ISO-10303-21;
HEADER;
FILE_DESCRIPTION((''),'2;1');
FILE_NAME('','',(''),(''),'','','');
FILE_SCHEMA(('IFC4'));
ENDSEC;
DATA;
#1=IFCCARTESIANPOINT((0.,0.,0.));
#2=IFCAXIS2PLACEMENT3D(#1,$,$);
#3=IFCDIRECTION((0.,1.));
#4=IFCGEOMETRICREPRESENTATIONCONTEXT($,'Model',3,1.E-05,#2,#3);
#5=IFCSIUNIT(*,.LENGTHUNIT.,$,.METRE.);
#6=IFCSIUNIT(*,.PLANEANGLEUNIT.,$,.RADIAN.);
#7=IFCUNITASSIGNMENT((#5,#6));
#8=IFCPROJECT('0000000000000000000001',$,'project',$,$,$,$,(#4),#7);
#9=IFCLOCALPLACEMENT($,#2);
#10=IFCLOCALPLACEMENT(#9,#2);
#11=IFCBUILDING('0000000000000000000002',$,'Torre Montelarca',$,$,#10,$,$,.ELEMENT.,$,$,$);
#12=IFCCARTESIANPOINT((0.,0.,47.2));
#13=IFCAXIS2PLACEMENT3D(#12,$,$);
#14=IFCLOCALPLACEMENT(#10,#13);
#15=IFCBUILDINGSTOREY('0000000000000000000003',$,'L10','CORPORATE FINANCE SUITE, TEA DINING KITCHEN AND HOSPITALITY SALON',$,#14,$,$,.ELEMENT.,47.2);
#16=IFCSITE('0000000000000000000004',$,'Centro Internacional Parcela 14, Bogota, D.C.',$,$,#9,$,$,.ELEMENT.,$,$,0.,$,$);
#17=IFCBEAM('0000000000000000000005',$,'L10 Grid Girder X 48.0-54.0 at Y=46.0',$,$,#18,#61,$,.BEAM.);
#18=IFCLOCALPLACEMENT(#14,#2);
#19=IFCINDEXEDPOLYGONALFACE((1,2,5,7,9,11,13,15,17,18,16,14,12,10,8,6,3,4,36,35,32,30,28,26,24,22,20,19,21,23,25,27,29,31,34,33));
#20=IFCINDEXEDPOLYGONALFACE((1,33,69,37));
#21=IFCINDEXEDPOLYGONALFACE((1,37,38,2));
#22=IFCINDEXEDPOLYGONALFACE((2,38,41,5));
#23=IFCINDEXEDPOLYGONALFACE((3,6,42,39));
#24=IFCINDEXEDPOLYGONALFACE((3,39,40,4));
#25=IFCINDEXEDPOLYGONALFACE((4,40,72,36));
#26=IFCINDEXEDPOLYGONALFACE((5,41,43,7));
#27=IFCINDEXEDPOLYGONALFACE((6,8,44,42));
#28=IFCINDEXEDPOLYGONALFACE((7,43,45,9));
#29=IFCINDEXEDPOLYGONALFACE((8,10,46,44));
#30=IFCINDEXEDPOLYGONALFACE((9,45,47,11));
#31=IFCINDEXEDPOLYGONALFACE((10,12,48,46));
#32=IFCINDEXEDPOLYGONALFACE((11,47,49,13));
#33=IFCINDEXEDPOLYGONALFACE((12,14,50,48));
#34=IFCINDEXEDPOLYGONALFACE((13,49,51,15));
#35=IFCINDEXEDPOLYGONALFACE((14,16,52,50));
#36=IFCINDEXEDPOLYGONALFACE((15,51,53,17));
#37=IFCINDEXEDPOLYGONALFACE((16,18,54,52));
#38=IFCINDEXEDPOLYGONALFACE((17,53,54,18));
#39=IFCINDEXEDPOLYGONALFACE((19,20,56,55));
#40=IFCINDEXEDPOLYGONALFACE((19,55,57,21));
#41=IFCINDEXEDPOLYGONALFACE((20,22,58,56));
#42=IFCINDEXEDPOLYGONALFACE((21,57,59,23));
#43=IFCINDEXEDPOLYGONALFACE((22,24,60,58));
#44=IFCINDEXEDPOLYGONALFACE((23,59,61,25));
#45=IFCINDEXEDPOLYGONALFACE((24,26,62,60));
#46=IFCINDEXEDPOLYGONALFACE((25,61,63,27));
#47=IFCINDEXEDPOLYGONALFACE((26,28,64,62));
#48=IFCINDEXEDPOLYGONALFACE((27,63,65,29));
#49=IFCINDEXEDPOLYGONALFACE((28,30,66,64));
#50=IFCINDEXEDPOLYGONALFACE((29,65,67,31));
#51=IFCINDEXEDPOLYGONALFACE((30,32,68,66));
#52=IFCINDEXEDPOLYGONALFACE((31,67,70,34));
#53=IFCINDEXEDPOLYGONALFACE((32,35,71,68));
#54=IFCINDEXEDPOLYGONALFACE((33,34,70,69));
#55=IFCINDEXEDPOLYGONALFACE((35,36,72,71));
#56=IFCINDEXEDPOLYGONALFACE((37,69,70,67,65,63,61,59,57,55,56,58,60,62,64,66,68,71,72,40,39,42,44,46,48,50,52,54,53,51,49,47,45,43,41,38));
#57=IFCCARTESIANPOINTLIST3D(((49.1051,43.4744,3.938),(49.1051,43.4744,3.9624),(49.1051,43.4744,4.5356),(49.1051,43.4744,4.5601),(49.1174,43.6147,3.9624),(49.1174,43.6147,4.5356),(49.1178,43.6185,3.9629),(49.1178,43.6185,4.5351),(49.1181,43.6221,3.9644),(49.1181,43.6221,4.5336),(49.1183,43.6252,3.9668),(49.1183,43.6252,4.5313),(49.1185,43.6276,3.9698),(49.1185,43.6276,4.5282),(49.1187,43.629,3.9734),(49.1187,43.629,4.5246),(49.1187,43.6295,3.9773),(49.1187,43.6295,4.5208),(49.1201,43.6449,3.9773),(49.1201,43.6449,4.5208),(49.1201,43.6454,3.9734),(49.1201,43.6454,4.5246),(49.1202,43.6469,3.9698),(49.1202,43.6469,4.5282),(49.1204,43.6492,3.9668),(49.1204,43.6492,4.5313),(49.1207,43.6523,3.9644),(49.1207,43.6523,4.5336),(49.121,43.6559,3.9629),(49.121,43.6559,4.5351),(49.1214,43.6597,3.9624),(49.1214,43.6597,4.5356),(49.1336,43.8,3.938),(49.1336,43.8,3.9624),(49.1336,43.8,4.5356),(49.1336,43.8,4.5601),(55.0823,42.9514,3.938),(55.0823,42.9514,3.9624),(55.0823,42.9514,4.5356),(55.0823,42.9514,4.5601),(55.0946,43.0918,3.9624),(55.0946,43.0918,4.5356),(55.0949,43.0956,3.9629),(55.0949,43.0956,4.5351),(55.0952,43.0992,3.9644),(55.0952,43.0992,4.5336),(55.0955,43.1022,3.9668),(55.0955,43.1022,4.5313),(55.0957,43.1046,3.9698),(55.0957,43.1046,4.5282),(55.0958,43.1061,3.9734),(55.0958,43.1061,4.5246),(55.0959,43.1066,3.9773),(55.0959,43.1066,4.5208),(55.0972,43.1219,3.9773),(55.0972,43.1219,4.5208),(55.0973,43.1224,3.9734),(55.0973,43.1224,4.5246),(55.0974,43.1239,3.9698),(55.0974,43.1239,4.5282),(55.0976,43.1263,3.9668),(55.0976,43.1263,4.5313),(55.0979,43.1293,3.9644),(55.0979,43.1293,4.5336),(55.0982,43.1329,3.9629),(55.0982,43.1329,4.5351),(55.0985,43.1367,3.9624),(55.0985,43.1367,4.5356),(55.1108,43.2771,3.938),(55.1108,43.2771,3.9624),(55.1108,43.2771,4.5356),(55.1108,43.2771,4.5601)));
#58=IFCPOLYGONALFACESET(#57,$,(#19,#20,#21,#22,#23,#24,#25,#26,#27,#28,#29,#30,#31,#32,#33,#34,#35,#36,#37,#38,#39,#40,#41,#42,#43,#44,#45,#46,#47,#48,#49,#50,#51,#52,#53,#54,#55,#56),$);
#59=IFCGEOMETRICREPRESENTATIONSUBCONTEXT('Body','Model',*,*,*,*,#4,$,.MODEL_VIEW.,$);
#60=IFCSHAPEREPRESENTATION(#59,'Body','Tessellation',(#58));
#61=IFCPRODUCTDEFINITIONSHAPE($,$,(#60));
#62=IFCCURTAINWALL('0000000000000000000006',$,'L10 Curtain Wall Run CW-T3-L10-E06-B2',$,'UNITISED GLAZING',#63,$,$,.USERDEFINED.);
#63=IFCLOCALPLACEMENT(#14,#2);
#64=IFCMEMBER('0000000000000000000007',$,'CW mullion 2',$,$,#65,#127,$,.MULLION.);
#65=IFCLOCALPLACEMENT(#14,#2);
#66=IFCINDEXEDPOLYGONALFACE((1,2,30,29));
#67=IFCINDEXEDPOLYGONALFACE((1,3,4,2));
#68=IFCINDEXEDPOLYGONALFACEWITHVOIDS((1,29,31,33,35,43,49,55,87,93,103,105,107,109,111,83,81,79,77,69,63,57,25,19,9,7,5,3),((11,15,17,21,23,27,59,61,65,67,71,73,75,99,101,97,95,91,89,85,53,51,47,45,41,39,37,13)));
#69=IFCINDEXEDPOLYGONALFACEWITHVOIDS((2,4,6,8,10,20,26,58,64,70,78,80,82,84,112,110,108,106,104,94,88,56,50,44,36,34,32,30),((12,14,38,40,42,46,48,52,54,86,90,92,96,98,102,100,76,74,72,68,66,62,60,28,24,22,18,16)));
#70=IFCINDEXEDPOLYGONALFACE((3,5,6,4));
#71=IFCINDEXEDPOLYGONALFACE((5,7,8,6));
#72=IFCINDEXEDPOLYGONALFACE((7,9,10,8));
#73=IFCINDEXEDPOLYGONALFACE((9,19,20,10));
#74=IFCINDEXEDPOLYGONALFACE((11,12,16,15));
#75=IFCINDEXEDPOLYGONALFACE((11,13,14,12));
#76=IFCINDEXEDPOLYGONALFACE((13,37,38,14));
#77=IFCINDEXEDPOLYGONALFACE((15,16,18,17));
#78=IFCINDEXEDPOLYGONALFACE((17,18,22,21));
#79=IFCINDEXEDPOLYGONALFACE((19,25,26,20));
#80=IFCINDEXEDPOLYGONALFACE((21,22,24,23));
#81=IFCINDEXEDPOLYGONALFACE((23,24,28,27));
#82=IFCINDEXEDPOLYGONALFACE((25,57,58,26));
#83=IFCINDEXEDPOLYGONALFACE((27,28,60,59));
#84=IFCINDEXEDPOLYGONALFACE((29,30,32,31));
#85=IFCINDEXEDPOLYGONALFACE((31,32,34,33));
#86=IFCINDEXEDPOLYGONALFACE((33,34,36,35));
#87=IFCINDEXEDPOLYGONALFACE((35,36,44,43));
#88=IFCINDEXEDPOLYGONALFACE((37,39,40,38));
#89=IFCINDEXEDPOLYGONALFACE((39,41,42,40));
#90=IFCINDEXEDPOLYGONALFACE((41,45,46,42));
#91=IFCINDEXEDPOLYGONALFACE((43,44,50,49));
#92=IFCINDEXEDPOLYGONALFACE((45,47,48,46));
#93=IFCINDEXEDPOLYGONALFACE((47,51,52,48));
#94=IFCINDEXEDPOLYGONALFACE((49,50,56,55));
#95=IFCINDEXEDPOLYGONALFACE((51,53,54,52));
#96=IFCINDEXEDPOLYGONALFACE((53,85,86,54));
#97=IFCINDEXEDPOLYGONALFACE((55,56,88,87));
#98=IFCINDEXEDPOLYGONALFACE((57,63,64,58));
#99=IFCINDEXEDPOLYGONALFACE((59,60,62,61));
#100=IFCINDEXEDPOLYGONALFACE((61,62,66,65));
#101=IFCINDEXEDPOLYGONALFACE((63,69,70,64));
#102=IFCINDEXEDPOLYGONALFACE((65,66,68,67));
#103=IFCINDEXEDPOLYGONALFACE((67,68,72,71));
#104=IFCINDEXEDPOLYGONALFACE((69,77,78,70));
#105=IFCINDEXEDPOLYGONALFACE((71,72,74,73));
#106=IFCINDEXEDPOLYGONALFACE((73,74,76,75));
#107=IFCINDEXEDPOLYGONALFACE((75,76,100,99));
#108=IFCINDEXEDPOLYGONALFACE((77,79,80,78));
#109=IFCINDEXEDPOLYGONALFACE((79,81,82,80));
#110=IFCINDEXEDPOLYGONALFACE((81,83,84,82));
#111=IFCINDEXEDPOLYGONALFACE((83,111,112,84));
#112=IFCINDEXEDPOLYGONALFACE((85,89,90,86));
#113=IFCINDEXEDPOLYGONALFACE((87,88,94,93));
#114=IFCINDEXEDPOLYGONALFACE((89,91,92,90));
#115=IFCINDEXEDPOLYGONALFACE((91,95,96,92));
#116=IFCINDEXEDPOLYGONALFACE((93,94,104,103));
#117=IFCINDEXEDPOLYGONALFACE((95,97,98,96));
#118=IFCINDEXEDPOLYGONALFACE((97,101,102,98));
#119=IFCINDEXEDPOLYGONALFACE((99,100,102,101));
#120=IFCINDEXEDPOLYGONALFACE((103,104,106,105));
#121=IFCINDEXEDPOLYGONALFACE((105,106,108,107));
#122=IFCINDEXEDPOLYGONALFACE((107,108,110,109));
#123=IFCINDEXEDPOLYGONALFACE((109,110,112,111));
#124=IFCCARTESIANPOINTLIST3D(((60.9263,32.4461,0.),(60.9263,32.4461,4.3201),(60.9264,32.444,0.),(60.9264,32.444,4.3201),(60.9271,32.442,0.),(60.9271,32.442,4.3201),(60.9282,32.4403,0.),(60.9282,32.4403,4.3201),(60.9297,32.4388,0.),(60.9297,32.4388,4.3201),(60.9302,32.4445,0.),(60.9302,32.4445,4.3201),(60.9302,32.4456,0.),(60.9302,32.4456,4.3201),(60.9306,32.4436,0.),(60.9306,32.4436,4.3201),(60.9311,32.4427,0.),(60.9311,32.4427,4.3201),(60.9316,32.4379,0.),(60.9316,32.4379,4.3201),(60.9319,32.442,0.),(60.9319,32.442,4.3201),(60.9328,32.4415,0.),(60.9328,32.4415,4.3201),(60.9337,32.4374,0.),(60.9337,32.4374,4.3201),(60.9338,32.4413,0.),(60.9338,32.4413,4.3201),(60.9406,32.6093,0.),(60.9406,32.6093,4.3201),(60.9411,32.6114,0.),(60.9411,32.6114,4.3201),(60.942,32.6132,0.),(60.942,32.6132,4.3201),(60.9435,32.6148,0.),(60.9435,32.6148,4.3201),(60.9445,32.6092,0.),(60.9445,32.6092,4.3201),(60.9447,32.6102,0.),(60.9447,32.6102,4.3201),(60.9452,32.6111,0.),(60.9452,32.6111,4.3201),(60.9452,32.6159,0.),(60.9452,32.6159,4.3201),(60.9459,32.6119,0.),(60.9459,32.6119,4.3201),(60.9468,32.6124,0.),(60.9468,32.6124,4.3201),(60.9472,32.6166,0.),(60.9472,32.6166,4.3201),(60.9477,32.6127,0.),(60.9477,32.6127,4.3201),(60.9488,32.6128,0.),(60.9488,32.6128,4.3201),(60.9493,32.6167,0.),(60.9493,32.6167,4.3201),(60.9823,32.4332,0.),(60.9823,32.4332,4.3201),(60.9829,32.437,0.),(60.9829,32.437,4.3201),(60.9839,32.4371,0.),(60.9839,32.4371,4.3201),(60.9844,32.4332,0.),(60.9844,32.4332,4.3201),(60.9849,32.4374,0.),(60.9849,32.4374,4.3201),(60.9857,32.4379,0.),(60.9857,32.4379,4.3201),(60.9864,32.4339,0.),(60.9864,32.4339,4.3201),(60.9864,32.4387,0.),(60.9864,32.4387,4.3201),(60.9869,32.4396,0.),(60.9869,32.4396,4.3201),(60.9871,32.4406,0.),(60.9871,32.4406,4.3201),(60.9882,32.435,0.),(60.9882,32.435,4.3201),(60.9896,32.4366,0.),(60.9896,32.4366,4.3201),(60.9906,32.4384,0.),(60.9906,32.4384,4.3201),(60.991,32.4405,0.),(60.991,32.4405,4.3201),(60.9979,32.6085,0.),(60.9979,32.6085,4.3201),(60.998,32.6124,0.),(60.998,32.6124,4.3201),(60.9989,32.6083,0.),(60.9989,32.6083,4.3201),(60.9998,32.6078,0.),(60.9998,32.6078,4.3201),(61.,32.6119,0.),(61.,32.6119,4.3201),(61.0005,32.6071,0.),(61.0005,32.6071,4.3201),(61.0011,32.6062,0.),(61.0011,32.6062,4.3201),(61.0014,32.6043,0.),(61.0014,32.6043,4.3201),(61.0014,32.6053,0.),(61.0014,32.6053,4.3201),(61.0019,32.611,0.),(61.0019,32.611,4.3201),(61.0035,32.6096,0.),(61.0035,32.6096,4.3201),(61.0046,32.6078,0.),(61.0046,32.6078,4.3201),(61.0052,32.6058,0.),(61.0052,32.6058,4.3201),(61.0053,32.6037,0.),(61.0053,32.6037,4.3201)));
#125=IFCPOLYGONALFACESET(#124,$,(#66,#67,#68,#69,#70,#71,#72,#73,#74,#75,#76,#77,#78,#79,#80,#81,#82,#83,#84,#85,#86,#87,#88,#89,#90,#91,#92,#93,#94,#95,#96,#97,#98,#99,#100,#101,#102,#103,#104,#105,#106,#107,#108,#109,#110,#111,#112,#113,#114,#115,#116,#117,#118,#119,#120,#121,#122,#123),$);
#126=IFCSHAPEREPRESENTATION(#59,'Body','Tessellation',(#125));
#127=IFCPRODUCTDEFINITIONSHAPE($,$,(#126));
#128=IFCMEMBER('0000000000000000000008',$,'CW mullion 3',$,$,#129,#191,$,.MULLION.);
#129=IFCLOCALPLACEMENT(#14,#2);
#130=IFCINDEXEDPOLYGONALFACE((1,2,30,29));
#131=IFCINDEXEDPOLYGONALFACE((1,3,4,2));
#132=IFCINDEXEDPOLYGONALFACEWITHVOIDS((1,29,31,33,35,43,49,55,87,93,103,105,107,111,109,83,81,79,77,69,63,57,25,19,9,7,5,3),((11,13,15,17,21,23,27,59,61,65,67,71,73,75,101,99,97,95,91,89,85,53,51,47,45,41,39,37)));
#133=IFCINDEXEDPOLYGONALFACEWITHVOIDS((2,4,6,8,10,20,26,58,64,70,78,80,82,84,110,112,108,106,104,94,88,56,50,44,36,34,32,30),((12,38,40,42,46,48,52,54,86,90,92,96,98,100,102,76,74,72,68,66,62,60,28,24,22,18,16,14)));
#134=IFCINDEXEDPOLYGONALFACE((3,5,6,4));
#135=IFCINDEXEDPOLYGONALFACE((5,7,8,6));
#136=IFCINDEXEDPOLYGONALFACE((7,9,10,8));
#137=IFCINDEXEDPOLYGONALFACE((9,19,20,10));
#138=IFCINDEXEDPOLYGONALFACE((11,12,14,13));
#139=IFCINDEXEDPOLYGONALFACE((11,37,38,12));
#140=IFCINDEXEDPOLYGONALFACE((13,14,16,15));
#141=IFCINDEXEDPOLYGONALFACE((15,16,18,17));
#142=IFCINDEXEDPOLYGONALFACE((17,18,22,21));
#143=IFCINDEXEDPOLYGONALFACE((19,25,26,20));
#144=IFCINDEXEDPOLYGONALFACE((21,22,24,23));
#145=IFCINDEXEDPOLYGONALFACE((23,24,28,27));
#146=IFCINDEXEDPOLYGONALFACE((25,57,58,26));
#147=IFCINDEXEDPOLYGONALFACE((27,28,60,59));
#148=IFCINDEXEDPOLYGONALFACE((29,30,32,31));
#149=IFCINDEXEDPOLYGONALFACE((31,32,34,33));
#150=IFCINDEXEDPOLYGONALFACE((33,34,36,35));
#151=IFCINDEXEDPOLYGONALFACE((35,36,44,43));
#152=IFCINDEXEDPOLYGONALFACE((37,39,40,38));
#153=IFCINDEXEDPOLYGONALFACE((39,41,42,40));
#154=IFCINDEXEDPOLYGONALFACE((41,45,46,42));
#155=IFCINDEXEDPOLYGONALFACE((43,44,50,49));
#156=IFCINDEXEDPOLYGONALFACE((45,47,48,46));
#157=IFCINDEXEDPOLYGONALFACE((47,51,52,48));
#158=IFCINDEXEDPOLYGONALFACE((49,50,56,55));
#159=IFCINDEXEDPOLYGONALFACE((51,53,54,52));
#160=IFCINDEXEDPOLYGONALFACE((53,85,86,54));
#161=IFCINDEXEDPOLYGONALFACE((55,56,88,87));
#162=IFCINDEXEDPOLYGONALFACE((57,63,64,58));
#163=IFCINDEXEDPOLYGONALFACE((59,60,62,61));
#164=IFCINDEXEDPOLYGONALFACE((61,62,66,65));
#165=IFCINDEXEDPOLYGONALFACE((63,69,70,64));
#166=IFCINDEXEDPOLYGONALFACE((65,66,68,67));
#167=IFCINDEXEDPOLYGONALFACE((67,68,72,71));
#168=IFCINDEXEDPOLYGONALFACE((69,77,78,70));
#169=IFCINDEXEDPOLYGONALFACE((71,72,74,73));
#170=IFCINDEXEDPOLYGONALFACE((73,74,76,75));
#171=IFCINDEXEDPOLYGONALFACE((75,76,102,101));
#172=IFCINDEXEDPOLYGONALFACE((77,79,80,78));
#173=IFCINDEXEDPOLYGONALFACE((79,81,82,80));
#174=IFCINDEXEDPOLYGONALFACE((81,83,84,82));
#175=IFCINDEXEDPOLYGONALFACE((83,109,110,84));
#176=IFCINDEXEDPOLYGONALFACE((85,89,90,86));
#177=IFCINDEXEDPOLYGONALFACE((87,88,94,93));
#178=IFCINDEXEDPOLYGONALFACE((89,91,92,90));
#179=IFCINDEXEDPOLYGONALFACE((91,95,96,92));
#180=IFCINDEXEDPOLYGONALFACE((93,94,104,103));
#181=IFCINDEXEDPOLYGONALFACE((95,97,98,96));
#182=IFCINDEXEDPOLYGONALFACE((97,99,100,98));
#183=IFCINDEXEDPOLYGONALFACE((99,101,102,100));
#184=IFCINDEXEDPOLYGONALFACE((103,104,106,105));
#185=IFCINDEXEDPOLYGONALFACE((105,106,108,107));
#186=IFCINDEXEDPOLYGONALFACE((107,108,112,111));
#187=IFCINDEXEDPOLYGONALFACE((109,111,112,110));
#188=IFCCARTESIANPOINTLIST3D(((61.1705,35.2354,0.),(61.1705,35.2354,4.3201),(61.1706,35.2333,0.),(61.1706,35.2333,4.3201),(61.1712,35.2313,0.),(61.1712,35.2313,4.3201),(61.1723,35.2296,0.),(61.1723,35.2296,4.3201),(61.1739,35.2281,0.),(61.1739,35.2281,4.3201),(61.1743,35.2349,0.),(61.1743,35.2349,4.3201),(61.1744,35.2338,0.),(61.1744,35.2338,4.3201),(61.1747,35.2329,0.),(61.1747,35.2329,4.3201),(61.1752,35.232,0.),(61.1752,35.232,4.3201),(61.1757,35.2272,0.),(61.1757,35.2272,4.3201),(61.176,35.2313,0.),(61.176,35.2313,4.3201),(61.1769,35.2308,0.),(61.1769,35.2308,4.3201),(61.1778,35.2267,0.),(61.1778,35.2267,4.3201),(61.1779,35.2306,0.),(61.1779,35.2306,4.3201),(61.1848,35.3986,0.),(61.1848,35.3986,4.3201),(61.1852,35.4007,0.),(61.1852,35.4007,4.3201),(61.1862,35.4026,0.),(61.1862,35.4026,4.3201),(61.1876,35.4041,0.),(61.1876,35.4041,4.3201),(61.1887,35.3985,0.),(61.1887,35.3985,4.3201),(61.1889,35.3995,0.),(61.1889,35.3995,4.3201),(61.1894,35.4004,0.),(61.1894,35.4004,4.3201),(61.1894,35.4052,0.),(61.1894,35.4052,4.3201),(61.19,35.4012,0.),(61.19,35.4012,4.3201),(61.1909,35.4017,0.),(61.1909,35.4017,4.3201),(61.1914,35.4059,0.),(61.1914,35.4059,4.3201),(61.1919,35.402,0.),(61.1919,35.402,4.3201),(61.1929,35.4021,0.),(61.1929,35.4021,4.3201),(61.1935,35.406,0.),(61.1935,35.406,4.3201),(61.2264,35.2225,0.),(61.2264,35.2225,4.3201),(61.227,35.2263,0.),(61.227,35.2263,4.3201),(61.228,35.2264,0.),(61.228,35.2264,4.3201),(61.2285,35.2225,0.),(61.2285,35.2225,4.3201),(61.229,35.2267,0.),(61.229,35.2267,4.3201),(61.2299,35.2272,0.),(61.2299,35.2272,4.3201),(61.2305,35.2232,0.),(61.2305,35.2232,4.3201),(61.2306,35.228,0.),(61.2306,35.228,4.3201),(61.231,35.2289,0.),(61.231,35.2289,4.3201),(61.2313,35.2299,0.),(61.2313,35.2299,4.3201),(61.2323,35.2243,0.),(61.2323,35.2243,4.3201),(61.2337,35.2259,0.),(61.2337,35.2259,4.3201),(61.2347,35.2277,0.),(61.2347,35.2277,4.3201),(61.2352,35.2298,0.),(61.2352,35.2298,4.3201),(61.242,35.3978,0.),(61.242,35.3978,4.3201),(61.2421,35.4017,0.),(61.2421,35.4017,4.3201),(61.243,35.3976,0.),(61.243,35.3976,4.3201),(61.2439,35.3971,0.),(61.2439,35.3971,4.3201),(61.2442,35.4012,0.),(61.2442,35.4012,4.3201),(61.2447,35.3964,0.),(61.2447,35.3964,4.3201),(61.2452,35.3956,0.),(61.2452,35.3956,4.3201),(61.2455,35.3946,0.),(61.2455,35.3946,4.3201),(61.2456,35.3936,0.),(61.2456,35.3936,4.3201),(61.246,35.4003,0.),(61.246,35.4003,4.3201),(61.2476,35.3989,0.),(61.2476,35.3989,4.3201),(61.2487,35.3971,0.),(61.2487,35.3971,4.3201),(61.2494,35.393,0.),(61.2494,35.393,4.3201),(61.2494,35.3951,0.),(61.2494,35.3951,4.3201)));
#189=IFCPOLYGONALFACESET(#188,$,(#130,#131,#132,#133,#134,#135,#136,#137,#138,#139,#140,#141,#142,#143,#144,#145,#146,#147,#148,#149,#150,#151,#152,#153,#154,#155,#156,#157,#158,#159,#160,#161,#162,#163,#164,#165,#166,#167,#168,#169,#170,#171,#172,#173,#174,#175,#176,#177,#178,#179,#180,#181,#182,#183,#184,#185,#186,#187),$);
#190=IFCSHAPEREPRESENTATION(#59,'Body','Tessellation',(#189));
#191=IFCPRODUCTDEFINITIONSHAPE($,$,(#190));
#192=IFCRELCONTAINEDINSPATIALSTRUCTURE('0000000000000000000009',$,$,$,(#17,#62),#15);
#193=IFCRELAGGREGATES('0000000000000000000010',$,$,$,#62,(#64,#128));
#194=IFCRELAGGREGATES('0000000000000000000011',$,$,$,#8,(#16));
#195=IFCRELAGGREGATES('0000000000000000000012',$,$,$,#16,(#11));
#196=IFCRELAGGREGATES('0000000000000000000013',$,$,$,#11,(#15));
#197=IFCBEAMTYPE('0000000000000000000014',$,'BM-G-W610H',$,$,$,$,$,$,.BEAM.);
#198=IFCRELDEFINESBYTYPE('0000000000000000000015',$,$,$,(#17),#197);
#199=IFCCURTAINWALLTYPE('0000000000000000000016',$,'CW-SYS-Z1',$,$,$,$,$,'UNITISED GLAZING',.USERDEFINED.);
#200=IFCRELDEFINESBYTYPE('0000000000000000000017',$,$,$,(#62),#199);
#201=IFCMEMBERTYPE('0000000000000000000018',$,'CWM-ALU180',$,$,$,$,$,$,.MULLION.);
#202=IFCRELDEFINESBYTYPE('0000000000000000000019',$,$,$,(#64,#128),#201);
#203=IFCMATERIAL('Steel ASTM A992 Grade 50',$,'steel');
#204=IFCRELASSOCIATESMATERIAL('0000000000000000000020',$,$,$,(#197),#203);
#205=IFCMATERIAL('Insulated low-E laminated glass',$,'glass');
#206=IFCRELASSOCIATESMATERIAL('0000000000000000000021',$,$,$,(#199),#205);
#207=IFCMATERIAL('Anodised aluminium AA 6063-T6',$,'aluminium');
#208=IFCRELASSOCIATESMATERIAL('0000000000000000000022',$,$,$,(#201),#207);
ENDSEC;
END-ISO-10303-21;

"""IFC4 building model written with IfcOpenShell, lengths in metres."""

from ifc_helpers import new_model, si_unit, direction, frame, origin, origin_2d, place, context, subcontext, project, spatial, hollow_rectangle, i_section, extrude, source, transform, mapped, material, material_profile, profile_set, type_object, element, aggregate, save


model = new_model("IFC4")

# Units and contexts
model_context = context("Model", 3, precision=1e-05, world=origin(), true_north=direction((0.0, 1.0)))
body_context = subcontext(model_context, "Body", "Model", "MODEL_VIEW")
ifc_project = project(units=[si_unit("LENGTHUNIT", "METRE"), si_unit("PLANEANGLEUNIT", "RADIAN")], contexts=[model_context])

# Site, building, storey
site_placement = place(None, origin())
site = spatial("IfcSite", under=ifc_project, at=site_placement, Name="Centro Internacional Parcela 14, Bogota, D.C.", CompositionType="ELEMENT", RefElevation=0.0)
building_placement = place(site_placement, origin())
building = spatial("IfcBuilding", under=site, at=building_placement, Name="Torre Montelarca", CompositionType="ELEMENT")
storey_placement = place(building_placement, frame((0.0, 0.0, 47.2)))
storey = spatial("IfcBuildingStorey", under=building, at=storey_placement, Name="L10", Description="CORPORATE FINANCE SUITE, TEA DINING KITCHEN AND HOSPITALITY SALON", CompositionType="ELEMENT", Elevation=47.2)

# Shared definitions
ifc_material_1 = material(Name="Steel ASTM A992 Grade 50", Category="steel")

# Beam
ifc_material_profile_1 = material_profile(ifc_material_1, i_section(OverallWidth=0.3269, OverallDepth=0.6221, WebThickness=0.0154, FlangeThickness=0.0244, FilletRadius=0.0149, at=origin_2d()), Name="W610X195", Category="steel")
ifc_profile_set_1 = profile_set([ifc_material_profile_1], Name="Steel ASTM A992 Grade 50")
beam_type = type_object("IfcBeamType", Name="BM-G-W610H", PredefinedType="BEAM", material=ifc_profile_set_1)
shared_shape_1 = source(origin(), body_context, "Body", "SweptSolid", [
    extrude(i_section(OverallWidth=0.3269, OverallDepth=0.6221, WebThickness=0.0154, FlangeThickness=0.0244, FilletRadius=0.0149, at=origin_2d()), origin(), (0.0, 0.0, 1.0), 6.0),
])
for number, where, z_axis, x_axis, name in (
    (1, (49.1194, 43.6372, 4.249), (0.996194, -0.08716, 0.0), (0.08716, 0.996194, 0.0), "L10 Grid Girder X 48.0-54.0 at Y=46.0"),
):
    element("IfcBeam", number, at=place(storey_placement, frame(where, z_axis=z_axis, x_axis=x_axis)), inside=storey, type_object=beam_type, Name=name, PredefinedType="BEAM", context=body_context, shape_type="MappedRepresentation", body=[
        mapped(shared_shape_1, transform((0.0, 0.0, 0.0), scale=1.0)),
    ])

# Curtain wall, members
ifc_material_2 = material(Name="Insulated low-E laminated glass", Category="glass")
curtain_wall_type = type_object("IfcCurtainWallType", Name="CW-SYS-Z1", ElementType="UNITISED GLAZING", PredefinedType="USERDEFINED", material=ifc_material_2)
curtain_wall_1_placement = place(storey_placement, origin())
curtain_wall_1 = element("IfcCurtainWall", 2, at=curtain_wall_1_placement, inside=storey, type_object=curtain_wall_type, Name="L10 Curtain Wall Run CW-T3-L10-E06-B2", ObjectType="UNITISED GLAZING", PredefinedType="USERDEFINED")
ifc_material_3 = material(Name="Anodised aluminium AA 6063-T6", Category="aluminium")
ifc_material_profile_2 = material_profile(ifc_material_3, hollow_rectangle(XDim=0.0649, YDim=0.1799, WallThickness=0.0039, InnerFilletRadius=0.0039, OuterFilletRadius=0.0081, at=origin_2d()), Name="ALU65X180X4", Category="aluminium")
ifc_profile_set_2 = profile_set([ifc_material_profile_2], Name="Anodised aluminium AA 6063-T6")
member_type_1 = type_object("IfcMemberType", Name="CWM-ALU180", PredefinedType="MULLION", material=ifc_profile_set_2)
shared_shape_2 = source(origin(), body_context, "Body", "SweptSolid", [
    extrude(hollow_rectangle(XDim=0.0649, YDim=0.1799, WallThickness=0.0039, InnerFilletRadius=0.0039, OuterFilletRadius=0.0081, at=origin_2d()), origin(), (0.0, 0.0, 1.0), 4.3201),
])
member_1_placement = place(storey_placement, frame((60.9658, 32.5249, 0.0), z_axis=(0.0, 0.0, 1.0), x_axis=(-0.996194, 0.087166, 0.0)))
member_1 = element("IfcMember", 3, at=member_1_placement, type_object=member_type_1, Name="CW mullion 2", PredefinedType="MULLION", context=body_context, shape_type="MappedRepresentation", body=[
    mapped(shared_shape_2, transform((0.0, 0.0, 0.0), scale=1.0)),
])
member_2_placement = place(storey_placement, frame((61.21, 35.3142, 0.0), z_axis=(0.0, 0.0, 1.0), x_axis=(-0.996194, 0.087166, 0.0)))
member_2 = element("IfcMember", 4, at=member_2_placement, type_object=member_type_1, Name="CW mullion 3", PredefinedType="MULLION", context=body_context, shape_type="MappedRepresentation", body=[
    mapped(shared_shape_2, transform((0.0, 0.0, 0.0), scale=1.0)),
])

aggregate(curtain_wall_1, [member_1, member_2])

save(model, "model.ifc")
